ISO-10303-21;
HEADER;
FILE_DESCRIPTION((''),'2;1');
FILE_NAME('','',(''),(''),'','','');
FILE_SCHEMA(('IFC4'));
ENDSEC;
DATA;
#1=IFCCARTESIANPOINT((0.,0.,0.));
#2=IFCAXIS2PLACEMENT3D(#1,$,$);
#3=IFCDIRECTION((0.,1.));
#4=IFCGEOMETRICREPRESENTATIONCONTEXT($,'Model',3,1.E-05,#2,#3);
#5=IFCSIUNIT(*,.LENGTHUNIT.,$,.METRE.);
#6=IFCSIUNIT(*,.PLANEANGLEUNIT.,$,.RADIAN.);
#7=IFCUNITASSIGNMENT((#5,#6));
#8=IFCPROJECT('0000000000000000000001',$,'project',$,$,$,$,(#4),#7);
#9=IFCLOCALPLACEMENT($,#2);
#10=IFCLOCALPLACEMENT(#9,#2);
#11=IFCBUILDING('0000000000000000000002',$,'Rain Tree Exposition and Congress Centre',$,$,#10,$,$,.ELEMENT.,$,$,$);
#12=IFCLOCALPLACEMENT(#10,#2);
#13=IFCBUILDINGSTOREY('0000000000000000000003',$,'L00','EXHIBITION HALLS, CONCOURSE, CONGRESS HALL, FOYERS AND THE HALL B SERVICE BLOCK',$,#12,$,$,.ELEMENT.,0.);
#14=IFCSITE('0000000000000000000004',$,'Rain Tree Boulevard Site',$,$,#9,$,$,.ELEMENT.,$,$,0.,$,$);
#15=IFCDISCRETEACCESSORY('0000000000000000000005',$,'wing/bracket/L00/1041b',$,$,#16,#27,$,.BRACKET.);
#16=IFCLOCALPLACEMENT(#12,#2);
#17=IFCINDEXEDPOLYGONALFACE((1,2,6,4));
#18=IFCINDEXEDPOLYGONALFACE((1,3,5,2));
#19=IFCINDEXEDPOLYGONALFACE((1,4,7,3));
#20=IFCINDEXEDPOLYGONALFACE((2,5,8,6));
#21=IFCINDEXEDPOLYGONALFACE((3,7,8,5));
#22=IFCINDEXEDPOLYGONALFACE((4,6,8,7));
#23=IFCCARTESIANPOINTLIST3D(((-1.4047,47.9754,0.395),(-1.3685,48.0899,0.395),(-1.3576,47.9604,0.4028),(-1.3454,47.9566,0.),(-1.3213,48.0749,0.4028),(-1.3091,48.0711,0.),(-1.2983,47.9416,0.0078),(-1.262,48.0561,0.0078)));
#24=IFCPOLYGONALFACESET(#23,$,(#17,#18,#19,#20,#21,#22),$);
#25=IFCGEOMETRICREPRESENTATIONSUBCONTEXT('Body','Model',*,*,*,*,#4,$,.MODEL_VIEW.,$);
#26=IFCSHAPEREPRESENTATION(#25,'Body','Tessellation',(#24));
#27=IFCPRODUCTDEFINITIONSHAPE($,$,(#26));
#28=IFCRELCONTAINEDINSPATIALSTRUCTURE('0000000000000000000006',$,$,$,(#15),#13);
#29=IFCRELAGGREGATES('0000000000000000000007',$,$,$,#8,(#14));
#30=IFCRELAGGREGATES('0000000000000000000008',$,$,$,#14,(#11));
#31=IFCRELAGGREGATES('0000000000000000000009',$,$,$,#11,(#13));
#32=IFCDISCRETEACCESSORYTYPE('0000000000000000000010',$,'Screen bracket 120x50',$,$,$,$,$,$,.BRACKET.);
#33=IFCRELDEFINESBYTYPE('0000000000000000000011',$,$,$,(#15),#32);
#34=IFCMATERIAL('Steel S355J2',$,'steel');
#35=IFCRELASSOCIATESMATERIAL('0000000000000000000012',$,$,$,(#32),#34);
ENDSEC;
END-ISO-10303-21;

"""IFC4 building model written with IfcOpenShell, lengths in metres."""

from ifc_helpers import new_model, si_unit, direction, frame, origin, origin_2d, place, context, subcontext, project, spatial, rectangle, extrude, material, material_profile, profile_set, type_object, element, save


model = new_model("IFC4")

# Units and contexts
model_context = context("Model", 3, precision=1e-05, world=origin(), true_north=direction((0.0, 1.0)))
body_context = subcontext(model_context, "Body", "Model", "MODEL_VIEW")
ifc_project = project(units=[si_unit("LENGTHUNIT", "METRE"), si_unit("PLANEANGLEUNIT", "RADIAN")], contexts=[model_context])

# Site, building, storey
site_placement = place(None, origin())
site = spatial("IfcSite", under=ifc_project, at=site_placement, Name="Rain Tree Boulevard Site", CompositionType="ELEMENT", RefElevation=0.0)
building_placement = place(site_placement, origin())
building = spatial("IfcBuilding", under=site, at=building_placement, Name="Rain Tree Exposition and Congress Centre", CompositionType="ELEMENT")
storey_placement = place(building_placement, origin())
storey = spatial("IfcBuildingStorey", under=building, at=storey_placement, Name="L00", Description="EXHIBITION HALLS, CONCOURSE, CONGRESS HALL, FOYERS AND THE HALL B SERVICE BLOCK", CompositionType="ELEMENT", Elevation=0.0)

# Discrete accessory
ifc_material_1 = material(Name="Steel S355J2", Category="steel")
ifc_material_profile_1 = material_profile(ifc_material_1, rectangle(XDim=0.1201, YDim=0.05, at=origin_2d()), Name="Flat bar 120x50")
ifc_profile_set_1 = profile_set([ifc_material_profile_1], Name="Steel S355J2")
discrete_accessory_type = type_object("IfcDiscreteAccessoryType", Name="Screen bracket 120x50", PredefinedType="BRACKET", material=ifc_profile_set_1)
for number, where, z_axis, x_axis, name in (
    (1, (-1.3037, 48.0063, 0.0039), (-0.148356, 0.04701, 0.987816), (-0.30207, -0.953286, 0.0), "wing/bracket/L00/1041b"),
):
    element("IfcDiscreteAccessory", number, at=place(storey_placement, frame(where, z_axis=z_axis, x_axis=x_axis)), inside=storey, type_object=discrete_accessory_type, Name=name, PredefinedType="BRACKET", context=body_context, shape_type="SweptSolid", body=[
        extrude(rectangle(XDim=0.1201, YDim=0.05, at=origin_2d()), origin(), (0.0, 0.0, 1.0), 0.3999),
    ])

save(model, "model.ifc")
